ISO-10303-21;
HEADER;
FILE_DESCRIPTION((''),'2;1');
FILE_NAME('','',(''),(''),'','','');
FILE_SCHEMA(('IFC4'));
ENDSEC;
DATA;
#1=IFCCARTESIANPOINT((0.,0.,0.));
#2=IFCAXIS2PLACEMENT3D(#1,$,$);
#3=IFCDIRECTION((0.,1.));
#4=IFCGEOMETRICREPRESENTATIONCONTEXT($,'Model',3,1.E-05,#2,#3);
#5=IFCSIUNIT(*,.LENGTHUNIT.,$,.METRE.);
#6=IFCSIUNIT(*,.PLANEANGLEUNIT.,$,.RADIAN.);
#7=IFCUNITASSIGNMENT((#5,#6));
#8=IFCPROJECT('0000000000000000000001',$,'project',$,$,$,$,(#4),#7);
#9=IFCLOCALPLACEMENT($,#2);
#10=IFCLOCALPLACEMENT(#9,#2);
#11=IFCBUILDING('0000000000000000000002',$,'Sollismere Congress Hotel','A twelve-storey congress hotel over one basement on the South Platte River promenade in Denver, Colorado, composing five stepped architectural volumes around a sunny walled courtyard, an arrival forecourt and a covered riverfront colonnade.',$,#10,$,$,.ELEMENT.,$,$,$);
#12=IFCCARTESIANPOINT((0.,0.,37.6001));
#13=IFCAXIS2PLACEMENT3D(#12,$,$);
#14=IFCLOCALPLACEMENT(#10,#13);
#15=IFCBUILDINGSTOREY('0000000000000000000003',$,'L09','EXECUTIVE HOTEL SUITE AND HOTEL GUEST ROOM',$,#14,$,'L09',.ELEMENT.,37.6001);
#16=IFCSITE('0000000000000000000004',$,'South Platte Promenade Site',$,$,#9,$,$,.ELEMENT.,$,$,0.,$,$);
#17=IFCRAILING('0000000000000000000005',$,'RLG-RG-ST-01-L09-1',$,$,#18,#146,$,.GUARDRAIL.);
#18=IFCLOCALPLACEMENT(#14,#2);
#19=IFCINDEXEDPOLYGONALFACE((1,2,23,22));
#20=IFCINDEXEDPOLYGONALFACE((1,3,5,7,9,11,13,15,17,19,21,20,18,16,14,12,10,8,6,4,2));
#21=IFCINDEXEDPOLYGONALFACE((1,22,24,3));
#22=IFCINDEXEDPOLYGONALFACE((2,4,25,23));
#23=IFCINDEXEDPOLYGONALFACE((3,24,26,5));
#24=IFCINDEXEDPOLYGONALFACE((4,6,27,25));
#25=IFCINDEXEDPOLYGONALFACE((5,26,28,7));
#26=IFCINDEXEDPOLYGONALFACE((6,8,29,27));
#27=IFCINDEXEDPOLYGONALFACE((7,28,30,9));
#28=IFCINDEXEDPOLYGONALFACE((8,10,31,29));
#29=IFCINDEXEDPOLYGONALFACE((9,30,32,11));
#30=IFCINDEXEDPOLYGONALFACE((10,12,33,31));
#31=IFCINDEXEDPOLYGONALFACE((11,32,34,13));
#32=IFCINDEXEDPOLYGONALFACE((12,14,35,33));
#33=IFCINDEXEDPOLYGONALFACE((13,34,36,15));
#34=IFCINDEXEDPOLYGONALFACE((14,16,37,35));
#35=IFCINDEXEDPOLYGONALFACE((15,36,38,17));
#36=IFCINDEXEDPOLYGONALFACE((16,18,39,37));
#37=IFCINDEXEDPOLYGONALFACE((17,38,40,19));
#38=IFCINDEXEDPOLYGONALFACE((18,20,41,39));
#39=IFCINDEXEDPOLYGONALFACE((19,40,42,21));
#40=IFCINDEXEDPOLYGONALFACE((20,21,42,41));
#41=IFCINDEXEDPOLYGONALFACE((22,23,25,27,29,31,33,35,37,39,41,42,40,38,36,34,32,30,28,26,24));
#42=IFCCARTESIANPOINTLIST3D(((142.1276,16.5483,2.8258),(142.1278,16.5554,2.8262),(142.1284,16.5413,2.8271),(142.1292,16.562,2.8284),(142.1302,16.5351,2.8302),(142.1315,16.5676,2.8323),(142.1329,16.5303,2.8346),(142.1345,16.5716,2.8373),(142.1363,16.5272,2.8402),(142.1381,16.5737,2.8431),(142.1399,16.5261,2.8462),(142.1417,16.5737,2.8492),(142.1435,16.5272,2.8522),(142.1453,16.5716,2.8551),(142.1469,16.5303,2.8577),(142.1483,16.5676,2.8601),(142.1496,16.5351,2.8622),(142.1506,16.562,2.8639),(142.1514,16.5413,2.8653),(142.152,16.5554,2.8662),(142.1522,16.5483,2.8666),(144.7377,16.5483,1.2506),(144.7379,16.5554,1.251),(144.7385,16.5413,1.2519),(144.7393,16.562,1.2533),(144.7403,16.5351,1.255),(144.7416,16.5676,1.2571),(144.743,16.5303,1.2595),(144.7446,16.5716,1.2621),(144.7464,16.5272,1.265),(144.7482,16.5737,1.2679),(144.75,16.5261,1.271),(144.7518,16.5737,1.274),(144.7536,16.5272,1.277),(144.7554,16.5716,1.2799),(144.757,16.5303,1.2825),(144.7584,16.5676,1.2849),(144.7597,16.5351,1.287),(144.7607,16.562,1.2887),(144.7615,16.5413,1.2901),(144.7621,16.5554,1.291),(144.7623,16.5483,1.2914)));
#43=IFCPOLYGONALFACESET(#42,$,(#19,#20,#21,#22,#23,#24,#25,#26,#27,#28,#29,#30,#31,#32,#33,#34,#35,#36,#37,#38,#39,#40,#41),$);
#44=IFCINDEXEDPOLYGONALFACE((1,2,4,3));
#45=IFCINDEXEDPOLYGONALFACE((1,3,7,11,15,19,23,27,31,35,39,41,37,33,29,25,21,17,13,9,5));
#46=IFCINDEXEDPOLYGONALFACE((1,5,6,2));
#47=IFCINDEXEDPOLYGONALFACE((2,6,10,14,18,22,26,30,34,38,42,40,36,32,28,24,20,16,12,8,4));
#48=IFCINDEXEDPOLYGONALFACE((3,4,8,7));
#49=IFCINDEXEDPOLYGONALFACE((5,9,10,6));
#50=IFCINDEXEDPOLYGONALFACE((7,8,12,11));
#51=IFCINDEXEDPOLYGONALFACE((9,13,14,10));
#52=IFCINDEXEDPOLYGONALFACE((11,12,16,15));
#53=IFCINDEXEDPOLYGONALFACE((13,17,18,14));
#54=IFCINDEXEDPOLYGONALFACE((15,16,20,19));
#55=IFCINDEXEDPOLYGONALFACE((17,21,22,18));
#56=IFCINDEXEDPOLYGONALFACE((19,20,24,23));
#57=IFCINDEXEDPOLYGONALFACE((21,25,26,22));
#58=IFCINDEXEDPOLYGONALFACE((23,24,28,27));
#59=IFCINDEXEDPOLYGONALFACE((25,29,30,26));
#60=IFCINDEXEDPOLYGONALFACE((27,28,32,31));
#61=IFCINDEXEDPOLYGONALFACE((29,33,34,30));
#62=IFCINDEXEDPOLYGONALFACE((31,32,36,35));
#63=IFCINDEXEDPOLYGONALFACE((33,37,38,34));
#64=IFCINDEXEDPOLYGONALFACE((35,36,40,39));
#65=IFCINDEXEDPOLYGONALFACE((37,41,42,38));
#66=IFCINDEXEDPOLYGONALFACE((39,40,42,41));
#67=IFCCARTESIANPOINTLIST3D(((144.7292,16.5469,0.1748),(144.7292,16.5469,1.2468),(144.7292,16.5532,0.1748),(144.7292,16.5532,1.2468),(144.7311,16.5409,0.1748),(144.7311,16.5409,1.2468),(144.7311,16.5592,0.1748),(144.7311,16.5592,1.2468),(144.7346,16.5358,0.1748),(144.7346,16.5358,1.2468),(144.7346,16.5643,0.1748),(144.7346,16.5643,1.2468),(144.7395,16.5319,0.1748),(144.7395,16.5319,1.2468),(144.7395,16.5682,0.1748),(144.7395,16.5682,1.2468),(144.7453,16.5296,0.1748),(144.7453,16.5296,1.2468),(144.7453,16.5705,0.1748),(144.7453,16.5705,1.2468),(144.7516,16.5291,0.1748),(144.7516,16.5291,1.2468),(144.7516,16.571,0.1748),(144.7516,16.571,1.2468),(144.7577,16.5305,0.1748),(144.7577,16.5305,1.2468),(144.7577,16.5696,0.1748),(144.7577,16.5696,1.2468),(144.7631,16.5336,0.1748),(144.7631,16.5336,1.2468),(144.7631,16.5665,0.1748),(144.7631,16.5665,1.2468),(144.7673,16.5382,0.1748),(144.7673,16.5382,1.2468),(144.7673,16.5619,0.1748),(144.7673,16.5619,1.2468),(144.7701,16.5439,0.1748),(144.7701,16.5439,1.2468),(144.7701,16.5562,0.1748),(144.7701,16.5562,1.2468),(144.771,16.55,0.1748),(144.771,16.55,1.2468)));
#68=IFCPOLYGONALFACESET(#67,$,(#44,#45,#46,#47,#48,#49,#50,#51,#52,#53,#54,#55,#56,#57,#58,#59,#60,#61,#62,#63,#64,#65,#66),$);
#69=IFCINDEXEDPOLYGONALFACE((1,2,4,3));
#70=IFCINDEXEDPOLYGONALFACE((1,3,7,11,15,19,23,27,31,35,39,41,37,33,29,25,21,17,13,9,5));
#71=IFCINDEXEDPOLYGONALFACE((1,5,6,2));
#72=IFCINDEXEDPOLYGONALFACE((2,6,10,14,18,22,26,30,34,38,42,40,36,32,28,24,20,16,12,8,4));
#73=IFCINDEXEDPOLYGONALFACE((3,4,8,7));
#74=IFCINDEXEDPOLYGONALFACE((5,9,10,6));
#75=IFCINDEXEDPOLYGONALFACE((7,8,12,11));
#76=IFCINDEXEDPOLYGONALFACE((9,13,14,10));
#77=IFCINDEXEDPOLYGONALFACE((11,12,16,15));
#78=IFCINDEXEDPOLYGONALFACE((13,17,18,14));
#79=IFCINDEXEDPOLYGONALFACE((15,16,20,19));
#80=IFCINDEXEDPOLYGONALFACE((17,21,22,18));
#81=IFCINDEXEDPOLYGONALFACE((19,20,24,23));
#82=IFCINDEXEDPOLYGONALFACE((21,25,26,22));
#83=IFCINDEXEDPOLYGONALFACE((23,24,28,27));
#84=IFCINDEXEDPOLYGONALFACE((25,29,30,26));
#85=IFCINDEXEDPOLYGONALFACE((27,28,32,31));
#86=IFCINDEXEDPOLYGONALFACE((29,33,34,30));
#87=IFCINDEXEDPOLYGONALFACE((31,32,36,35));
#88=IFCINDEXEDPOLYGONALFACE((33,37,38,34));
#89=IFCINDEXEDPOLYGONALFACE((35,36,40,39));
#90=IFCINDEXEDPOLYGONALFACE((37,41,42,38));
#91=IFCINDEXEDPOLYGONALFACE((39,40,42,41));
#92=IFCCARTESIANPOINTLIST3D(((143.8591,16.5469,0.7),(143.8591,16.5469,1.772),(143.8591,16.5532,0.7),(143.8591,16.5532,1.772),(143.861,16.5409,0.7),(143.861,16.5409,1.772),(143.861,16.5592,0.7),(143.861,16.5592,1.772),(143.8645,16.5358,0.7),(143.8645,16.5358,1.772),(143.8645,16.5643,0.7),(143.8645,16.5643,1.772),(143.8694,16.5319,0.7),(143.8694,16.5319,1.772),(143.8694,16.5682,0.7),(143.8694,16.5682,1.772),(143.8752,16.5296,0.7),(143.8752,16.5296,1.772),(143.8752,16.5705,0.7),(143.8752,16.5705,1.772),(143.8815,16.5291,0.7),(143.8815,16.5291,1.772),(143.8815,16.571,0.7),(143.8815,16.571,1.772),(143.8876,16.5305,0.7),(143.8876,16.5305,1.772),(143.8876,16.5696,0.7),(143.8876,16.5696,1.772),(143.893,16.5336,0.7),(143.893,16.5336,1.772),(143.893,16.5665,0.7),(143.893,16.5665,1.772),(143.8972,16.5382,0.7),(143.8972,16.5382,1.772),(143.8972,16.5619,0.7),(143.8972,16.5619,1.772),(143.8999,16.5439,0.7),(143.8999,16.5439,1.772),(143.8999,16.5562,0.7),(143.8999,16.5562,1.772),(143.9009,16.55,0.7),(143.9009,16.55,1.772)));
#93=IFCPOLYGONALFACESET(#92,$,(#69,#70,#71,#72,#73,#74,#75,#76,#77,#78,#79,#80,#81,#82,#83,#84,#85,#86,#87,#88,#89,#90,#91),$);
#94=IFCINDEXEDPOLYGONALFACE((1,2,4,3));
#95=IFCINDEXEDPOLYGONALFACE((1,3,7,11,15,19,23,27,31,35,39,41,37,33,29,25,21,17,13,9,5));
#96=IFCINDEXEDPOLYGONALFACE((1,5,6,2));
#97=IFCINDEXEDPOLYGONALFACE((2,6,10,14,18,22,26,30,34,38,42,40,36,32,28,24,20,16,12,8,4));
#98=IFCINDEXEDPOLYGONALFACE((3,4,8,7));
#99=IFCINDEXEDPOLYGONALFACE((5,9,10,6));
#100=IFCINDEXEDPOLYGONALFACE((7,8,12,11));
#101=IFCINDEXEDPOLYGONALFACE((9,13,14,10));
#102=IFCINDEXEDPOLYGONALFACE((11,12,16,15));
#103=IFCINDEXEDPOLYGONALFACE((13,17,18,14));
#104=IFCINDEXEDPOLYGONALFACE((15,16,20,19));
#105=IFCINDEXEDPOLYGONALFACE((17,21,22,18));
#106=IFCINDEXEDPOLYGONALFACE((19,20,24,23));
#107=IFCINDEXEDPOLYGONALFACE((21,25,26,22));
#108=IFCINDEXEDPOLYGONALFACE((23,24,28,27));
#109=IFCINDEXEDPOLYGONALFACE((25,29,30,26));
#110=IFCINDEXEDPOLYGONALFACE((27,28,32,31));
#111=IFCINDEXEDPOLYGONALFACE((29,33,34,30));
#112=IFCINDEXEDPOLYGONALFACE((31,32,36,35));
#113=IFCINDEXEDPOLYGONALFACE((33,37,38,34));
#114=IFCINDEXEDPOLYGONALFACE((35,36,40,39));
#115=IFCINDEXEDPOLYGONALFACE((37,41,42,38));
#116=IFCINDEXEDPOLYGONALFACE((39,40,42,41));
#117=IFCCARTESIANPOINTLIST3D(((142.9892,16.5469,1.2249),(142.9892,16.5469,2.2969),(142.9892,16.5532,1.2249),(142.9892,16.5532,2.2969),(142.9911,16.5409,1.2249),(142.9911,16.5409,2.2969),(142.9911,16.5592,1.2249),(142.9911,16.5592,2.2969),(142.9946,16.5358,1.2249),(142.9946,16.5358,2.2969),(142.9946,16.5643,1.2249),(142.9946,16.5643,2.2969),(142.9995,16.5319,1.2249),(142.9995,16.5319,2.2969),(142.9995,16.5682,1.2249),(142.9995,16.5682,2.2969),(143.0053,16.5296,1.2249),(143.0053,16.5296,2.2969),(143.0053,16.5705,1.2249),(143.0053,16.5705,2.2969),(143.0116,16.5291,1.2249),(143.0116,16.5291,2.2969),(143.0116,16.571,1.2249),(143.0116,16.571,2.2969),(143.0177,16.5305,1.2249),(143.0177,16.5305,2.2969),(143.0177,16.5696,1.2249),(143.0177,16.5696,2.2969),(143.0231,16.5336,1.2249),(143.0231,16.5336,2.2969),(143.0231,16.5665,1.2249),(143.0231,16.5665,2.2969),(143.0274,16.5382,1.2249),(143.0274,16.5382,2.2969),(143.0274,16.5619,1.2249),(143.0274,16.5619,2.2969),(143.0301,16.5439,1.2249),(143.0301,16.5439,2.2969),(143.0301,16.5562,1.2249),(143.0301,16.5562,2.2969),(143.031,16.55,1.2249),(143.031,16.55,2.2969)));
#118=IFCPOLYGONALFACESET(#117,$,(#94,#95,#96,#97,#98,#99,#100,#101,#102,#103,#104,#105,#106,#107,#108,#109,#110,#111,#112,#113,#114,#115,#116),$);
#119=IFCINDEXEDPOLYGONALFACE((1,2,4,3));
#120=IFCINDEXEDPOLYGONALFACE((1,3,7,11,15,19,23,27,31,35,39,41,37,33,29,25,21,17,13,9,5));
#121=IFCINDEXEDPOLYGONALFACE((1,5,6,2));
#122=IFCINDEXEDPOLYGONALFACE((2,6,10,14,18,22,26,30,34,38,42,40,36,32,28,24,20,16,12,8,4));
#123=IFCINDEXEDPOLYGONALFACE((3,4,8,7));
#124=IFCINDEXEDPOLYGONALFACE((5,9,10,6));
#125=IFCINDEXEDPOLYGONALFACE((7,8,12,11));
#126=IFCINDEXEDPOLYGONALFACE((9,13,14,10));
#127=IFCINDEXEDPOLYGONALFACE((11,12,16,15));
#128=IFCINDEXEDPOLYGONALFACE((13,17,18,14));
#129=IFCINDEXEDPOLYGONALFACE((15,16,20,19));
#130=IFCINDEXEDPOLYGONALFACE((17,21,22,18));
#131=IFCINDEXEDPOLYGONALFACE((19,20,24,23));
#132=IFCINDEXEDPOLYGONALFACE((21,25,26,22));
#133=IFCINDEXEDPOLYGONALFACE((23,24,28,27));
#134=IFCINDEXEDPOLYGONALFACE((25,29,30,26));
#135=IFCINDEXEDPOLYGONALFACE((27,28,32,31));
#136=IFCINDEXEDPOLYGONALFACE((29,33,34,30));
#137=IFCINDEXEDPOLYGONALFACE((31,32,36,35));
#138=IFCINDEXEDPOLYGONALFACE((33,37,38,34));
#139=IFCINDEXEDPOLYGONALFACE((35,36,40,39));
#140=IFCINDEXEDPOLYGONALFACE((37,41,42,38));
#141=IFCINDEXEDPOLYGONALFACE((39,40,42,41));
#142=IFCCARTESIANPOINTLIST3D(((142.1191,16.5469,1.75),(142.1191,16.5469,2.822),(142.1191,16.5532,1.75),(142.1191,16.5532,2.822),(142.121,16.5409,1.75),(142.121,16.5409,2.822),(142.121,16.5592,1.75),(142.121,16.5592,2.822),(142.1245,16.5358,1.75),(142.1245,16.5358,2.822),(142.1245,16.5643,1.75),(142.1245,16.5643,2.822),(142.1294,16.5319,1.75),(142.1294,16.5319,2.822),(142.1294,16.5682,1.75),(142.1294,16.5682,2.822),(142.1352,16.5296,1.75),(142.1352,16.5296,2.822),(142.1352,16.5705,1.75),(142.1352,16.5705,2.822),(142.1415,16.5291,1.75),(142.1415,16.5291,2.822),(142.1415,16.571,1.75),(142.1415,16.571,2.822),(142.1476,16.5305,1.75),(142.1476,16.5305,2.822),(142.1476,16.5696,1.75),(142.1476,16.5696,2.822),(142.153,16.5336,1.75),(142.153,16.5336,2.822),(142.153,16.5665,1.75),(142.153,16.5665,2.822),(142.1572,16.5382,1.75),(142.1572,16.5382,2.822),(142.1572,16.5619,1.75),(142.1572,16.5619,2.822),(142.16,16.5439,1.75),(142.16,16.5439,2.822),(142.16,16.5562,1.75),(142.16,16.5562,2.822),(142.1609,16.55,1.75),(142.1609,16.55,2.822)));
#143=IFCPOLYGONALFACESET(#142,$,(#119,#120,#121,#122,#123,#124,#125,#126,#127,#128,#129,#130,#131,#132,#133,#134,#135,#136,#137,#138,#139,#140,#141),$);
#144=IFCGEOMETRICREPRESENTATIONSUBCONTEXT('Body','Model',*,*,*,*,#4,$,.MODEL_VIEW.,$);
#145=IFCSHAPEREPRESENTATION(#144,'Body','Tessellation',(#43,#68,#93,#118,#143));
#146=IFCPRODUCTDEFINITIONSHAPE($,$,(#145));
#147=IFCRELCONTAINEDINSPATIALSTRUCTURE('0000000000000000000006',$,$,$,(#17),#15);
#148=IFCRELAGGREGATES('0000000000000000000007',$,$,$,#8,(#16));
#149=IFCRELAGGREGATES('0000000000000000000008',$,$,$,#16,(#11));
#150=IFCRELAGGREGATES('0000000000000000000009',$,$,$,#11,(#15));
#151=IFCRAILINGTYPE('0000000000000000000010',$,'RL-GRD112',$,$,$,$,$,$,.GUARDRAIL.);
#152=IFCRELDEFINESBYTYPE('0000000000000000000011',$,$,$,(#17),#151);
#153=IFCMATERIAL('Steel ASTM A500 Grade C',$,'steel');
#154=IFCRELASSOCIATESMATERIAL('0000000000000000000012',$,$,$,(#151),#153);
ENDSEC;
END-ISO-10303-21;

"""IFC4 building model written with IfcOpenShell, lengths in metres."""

from ifc_helpers import new_model, si_unit, direction, frame, origin, origin_2d, place, context, subcontext, project, spatial, circle, extrude, material, type_object, element, save


model = new_model("IFC4")

# Units and contexts
model_context = context("Model", 3, precision=1e-05, world=origin(), true_north=direction((0.0, 1.0)))
body_context = subcontext(model_context, "Body", "Model", "MODEL_VIEW")
ifc_project = project(units=[si_unit("LENGTHUNIT", "METRE"), si_unit("PLANEANGLEUNIT", "RADIAN")], contexts=[model_context])

# Site, building, storey
site_placement = place(None, origin())
site = spatial("IfcSite", under=ifc_project, at=site_placement, Name="South Platte Promenade Site", CompositionType="ELEMENT", RefElevation=0.0)
building_placement = place(site_placement, origin())
building = spatial("IfcBuilding", under=site, at=building_placement, Name="Sollismere Congress Hotel", Description="A twelve-storey congress hotel over one basement on the South Platte River promenade in Denver, Colorado, composing five stepped architectural volumes around a sunny walled courtyard, an arrival forecourt and a covered riverfront colonnade.", CompositionType="ELEMENT")
storey_placement = place(building_placement, frame((0.0, 0.0, 37.6001)))
storey = spatial("IfcBuildingStorey", under=building, at=storey_placement, Name="L09", Description="EXECUTIVE HOTEL SUITE AND HOTEL GUEST ROOM", LongName="L09", CompositionType="ELEMENT", Elevation=37.6001)

# Railing
ifc_material_1 = material(Name="Steel ASTM A500 Grade C", Category="steel")
railing_type_1 = type_object("IfcRailingType", Name="RL-GRD112", PredefinedType="GUARDRAIL", material=ifc_material_1)
railing_1_placement = place(storey_placement, frame((144.75, 16.55, 0.1748)))
element("IfcRailing", 1, at=railing_1_placement, inside=storey, type_object=railing_type_1, Name="RLG-RG-ST-01-L09-1", PredefinedType="GUARDRAIL", context=body_context, shape_type="SweptSolid", body=[
    extrude(circle(Radius=0.0239, at=origin_2d()), frame((0.0, 0.0, 1.0962), z_axis=(-0.856169, 0.0, 0.516696), x_axis=(0.0, -1.0, 0.0)), (0.0, 0.0, 1.0), 3.0486),
    extrude(circle(Radius=0.021, at=origin_2d()), origin(), (0.0, 0.0, 1.0), 1.072),
    extrude(circle(Radius=0.021, at=origin_2d()), frame((-0.8701, 0.0, 0.5251)), (0.0, 0.0, 1.0), 1.072),
    extrude(circle(Radius=0.021, at=origin_2d()), frame((-1.74, 0.0, 1.05)), (0.0, 0.0, 1.0), 1.072),
    extrude(circle(Radius=0.021, at=origin_2d()), frame((-2.6101, 0.0, 1.5752)), (0.0, 0.0, 1.0), 1.072),
])

save(model, "model.ifc")
